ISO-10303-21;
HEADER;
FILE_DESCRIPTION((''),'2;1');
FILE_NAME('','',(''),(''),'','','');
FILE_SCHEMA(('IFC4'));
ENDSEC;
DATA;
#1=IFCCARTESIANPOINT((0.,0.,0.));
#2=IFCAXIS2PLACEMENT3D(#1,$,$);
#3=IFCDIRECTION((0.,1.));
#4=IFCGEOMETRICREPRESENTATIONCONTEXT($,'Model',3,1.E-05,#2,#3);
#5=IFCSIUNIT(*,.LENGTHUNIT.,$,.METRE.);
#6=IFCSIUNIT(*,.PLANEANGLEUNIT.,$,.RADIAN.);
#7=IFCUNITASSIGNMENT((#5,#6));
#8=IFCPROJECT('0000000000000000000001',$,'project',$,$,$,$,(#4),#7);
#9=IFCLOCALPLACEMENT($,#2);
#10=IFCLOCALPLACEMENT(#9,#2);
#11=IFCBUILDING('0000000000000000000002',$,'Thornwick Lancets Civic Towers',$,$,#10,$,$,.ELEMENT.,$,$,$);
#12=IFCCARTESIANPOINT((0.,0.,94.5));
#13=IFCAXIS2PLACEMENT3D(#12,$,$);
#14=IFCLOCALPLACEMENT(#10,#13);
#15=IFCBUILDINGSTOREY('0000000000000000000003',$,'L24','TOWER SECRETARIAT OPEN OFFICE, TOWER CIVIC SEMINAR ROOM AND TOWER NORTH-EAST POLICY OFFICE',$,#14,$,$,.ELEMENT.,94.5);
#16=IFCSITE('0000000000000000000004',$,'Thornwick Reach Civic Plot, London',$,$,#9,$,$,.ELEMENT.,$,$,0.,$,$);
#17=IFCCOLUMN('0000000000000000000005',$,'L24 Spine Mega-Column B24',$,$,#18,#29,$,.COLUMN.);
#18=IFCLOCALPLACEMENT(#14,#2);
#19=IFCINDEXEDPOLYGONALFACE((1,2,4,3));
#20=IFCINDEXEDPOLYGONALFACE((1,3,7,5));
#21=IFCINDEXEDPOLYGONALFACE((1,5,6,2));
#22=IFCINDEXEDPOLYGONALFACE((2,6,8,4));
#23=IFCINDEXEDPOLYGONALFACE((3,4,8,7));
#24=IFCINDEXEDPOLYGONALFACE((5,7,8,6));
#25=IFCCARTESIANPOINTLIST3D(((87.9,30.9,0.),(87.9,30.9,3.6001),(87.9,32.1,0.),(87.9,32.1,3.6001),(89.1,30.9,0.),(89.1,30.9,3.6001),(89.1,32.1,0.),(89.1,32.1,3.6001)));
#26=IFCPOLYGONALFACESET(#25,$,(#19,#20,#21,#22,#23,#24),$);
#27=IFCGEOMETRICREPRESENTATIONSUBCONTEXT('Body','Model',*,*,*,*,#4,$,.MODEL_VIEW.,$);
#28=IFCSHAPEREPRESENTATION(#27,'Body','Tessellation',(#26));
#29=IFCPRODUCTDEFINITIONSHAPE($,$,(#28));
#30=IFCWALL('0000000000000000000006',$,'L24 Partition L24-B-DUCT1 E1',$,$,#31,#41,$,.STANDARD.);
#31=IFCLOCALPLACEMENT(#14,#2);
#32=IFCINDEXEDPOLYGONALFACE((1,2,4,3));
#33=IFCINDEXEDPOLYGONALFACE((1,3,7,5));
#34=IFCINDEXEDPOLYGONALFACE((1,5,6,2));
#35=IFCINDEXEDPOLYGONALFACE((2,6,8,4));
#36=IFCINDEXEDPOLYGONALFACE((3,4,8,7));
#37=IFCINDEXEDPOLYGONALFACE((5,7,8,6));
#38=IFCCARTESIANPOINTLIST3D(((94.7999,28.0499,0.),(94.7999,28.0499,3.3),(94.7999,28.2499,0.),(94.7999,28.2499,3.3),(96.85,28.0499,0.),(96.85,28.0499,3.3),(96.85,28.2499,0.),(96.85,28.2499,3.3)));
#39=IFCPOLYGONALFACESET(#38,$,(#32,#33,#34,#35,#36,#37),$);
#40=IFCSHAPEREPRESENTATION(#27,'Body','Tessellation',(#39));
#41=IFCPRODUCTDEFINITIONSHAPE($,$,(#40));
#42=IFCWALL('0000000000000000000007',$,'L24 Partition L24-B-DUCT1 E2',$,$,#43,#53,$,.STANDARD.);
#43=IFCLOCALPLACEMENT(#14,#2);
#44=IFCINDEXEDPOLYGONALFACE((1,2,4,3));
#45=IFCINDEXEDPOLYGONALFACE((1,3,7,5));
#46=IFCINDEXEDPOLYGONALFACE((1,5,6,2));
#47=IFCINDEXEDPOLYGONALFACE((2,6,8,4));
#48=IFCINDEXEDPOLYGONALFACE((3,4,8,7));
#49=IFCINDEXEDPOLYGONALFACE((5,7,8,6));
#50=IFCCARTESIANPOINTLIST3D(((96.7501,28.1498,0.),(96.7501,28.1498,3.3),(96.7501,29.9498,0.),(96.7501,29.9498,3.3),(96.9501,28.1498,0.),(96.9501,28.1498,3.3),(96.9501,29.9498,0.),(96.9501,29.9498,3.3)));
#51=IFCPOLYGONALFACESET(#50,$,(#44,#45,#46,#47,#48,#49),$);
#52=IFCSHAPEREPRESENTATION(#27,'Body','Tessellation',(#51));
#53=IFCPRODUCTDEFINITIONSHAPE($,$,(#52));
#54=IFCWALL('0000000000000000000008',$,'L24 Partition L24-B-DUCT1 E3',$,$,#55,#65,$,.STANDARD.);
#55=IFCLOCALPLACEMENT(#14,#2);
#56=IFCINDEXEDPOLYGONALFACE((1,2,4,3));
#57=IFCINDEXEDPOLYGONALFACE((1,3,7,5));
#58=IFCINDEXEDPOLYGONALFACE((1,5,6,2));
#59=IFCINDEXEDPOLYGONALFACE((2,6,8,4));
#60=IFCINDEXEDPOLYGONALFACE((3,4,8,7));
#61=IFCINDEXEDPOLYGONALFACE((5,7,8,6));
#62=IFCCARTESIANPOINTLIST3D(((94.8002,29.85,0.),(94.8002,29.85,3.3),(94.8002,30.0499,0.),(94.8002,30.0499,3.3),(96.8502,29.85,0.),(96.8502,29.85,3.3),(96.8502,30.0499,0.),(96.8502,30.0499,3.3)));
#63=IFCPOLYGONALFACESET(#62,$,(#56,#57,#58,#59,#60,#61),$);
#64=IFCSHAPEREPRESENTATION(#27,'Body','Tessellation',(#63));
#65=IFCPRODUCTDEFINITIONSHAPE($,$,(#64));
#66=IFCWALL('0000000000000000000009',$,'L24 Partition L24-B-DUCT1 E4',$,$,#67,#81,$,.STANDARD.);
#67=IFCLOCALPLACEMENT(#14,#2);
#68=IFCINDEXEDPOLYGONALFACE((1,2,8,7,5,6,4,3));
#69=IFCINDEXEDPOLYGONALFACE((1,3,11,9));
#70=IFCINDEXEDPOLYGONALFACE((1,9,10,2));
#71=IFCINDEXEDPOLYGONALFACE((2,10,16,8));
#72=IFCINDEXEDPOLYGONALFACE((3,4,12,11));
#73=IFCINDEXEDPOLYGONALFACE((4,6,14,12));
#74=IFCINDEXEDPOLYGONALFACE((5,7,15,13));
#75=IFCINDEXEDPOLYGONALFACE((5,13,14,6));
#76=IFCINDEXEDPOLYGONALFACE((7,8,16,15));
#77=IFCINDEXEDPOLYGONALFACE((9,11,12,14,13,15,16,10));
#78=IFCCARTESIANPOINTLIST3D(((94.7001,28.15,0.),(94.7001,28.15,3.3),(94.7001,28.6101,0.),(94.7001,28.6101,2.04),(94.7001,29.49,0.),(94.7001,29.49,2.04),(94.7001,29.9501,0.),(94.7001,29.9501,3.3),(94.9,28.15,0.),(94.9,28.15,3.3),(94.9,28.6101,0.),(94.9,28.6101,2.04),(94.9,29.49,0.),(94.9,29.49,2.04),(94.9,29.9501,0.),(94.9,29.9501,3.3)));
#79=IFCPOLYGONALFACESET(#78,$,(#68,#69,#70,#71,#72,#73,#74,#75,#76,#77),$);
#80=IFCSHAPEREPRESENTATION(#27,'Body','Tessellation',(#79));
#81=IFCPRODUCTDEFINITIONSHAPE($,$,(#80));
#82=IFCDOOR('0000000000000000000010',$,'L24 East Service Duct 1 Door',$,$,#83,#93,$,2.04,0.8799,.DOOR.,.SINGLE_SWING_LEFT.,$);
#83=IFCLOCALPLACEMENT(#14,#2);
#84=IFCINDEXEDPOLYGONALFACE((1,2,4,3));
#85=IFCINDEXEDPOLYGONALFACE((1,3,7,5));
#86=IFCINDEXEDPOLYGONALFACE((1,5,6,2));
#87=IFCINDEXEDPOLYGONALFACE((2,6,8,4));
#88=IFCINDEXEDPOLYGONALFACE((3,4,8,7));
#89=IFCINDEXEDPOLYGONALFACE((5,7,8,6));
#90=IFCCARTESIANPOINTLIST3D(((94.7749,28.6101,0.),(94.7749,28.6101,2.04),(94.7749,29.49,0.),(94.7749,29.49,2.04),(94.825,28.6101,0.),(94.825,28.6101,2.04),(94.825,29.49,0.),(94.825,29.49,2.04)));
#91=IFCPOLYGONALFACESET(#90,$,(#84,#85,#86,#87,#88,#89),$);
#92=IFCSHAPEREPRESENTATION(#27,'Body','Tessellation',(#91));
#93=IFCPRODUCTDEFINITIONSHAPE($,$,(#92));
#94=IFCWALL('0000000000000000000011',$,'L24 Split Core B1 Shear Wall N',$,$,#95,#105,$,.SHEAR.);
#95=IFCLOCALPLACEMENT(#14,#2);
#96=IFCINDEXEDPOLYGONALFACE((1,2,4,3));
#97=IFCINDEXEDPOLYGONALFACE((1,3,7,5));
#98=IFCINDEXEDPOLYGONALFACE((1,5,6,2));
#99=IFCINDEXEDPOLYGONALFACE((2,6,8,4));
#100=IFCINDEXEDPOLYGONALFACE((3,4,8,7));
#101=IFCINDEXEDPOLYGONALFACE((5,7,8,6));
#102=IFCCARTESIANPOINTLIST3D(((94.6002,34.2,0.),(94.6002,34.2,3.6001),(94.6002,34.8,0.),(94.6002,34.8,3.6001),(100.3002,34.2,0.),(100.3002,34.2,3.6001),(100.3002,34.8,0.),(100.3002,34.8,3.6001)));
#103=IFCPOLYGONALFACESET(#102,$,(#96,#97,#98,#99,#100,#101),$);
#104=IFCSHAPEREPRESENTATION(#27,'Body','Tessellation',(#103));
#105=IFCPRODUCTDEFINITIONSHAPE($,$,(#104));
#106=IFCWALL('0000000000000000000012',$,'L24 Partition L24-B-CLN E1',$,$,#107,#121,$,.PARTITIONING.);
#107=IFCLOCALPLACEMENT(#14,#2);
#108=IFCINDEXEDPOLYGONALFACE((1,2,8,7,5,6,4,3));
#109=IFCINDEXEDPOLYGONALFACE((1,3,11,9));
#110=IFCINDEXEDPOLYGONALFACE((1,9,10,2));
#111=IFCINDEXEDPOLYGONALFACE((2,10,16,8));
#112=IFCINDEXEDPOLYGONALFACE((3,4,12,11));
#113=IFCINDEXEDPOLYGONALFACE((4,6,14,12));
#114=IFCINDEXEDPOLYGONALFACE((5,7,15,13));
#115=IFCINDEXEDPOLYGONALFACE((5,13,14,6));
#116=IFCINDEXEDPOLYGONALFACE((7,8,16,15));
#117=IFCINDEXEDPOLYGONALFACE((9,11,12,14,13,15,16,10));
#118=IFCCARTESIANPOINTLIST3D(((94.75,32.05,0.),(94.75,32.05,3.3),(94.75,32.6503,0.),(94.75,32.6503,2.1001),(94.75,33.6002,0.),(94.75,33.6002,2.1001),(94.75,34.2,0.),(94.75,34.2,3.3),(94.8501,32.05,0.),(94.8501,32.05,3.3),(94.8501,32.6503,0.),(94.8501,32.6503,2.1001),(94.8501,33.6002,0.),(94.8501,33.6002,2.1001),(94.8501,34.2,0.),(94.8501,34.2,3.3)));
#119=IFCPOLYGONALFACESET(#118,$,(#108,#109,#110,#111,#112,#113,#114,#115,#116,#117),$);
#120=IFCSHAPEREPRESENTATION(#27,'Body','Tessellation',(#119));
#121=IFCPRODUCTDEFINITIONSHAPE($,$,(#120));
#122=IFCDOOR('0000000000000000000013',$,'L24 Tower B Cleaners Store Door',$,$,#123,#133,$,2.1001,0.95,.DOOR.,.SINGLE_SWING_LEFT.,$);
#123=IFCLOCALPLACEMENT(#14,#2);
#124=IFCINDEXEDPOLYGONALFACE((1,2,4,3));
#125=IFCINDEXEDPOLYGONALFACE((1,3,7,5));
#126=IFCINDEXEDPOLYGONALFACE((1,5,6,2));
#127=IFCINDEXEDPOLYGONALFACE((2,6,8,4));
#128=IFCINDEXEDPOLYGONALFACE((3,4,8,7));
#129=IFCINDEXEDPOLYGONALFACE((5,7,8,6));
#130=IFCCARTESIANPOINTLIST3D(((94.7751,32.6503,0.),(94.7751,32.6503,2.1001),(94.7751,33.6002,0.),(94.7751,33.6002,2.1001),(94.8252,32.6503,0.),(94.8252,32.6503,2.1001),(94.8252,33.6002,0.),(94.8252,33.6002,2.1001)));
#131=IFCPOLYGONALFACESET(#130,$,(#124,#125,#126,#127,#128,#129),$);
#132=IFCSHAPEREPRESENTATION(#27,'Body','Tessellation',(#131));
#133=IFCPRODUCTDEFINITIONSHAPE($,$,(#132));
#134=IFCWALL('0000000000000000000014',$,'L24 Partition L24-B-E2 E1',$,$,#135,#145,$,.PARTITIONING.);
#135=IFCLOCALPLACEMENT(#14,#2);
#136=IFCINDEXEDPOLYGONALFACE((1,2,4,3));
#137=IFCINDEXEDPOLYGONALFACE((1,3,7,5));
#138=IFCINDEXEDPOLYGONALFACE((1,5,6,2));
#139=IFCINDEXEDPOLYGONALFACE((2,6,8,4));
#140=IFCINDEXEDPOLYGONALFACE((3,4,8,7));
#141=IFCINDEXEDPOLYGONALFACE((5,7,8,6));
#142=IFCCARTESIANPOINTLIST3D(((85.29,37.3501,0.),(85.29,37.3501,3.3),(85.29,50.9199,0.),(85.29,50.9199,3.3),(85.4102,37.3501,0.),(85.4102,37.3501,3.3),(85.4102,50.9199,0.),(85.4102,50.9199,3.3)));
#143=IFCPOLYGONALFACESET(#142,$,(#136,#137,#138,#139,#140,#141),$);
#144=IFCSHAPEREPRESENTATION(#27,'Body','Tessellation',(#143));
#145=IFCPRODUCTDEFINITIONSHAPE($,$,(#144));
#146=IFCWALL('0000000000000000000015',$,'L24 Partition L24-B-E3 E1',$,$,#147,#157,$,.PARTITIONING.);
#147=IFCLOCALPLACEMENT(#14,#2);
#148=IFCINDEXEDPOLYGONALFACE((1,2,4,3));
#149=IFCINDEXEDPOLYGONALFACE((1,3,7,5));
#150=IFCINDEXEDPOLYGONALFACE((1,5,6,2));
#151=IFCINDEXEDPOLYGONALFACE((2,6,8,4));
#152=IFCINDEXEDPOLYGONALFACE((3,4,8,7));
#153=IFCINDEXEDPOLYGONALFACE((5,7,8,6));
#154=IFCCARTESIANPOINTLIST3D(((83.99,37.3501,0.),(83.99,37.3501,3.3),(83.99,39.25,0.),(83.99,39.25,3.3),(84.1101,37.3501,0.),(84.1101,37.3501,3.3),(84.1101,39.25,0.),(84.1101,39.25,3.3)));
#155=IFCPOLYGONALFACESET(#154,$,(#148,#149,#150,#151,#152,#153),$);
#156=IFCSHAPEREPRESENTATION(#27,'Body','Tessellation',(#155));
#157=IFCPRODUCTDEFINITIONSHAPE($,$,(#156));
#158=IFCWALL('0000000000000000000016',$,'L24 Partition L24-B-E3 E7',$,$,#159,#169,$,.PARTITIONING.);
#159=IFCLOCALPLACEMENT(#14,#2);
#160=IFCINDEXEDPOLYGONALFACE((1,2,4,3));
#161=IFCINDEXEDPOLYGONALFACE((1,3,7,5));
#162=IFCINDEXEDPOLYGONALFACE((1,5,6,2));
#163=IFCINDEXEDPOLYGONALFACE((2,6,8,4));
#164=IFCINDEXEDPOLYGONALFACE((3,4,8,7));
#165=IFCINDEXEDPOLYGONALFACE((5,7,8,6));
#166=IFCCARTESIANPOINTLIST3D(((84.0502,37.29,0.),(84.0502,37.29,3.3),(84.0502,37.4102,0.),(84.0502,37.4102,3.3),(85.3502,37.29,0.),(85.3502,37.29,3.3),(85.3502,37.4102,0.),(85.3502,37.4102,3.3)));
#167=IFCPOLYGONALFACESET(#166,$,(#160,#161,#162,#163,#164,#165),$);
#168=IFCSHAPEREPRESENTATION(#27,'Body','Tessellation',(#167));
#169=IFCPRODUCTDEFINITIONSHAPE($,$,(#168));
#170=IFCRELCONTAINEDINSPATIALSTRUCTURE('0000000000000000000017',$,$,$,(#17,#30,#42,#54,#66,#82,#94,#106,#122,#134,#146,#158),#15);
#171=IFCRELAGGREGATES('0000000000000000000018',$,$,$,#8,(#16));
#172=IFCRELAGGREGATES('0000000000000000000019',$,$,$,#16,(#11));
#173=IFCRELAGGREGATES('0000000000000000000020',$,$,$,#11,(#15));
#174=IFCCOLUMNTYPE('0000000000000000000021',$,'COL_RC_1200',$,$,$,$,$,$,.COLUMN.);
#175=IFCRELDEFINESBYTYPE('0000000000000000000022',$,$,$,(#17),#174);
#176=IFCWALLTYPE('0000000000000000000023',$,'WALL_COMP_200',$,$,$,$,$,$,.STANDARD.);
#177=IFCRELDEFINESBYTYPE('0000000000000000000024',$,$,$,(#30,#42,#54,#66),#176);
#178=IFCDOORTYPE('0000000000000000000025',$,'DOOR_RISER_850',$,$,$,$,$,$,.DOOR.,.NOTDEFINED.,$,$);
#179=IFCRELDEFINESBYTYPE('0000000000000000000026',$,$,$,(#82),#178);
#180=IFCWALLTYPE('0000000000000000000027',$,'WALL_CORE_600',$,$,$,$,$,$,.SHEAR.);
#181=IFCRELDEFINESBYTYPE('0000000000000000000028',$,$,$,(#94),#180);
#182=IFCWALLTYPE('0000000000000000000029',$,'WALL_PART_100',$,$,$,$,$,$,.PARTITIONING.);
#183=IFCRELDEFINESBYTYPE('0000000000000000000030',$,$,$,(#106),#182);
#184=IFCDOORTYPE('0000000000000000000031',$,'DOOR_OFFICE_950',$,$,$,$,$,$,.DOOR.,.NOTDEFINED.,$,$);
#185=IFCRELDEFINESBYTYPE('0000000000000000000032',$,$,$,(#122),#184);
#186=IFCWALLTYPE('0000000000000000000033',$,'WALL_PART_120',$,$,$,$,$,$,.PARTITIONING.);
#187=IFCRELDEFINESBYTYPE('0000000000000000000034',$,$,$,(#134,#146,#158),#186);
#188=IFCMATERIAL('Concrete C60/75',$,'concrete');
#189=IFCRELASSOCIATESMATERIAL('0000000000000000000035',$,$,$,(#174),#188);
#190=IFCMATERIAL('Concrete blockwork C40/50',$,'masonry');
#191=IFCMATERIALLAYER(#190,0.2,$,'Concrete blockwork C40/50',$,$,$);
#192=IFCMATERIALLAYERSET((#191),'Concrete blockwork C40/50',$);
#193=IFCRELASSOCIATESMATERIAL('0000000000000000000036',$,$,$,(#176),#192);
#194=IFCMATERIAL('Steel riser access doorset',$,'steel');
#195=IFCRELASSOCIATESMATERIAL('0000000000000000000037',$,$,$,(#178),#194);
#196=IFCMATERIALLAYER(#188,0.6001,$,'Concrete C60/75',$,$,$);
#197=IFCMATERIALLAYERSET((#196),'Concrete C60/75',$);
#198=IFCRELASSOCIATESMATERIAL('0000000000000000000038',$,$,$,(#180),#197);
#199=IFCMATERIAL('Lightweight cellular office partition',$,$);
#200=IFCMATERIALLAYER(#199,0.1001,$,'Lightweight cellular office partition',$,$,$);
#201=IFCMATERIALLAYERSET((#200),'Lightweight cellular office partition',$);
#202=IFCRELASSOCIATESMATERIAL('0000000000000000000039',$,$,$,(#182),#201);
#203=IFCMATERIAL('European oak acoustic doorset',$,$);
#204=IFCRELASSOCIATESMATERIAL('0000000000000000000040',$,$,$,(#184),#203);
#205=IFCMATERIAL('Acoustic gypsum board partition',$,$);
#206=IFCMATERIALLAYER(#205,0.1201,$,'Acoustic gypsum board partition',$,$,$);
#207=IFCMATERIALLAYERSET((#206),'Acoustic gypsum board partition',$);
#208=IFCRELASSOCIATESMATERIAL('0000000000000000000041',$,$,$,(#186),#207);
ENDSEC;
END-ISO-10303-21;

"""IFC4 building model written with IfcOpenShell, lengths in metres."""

from ifc_helpers import new_model, si_unit, direction, frame, frame_2d, origin, origin_2d, place, context, subcontext, project, spatial, rectangle, extrude, material, layer, layer_set, material_profile, profile_set, type_object, element, fill, save


model = new_model("IFC4")

# Units and contexts
model_context = context("Model", 3, precision=1e-05, world=origin(), true_north=direction((0.0, 1.0)))
body_context = subcontext(model_context, "Body", "Model", "MODEL_VIEW")
ifc_project = project(units=[si_unit("LENGTHUNIT", "METRE"), si_unit("PLANEANGLEUNIT", "RADIAN")], contexts=[model_context])

# Site, building, storey
site_placement = place(None, origin())
site = spatial("IfcSite", under=ifc_project, at=site_placement, Name="Thornwick Reach Civic Plot, London", CompositionType="ELEMENT", RefElevation=0.0)
building_placement = place(site_placement, origin())
building = spatial("IfcBuilding", under=site, at=building_placement, Name="Thornwick Lancets Civic Towers", CompositionType="ELEMENT")
storey_placement = place(building_placement, frame((0.0, 0.0, 94.5)))
storey = spatial("IfcBuildingStorey", under=building, at=storey_placement, Name="L24", Description="TOWER SECRETARIAT OPEN OFFICE, TOWER CIVIC SEMINAR ROOM AND TOWER NORTH-EAST POLICY OFFICE", CompositionType="ELEMENT", Elevation=94.5)

# Column
ifc_material_1 = material(Name="Concrete C60/75", Category="concrete")
ifc_material_profile = material_profile(ifc_material_1, rectangle(XDim=1.2, YDim=1.2, at=origin_2d()), Name="RC 1200x1200")
ifc_profile_set = profile_set([ifc_material_profile], Name="Concrete C60/75")
column_type = type_object("IfcColumnType", Name="COL_RC_1200", PredefinedType="COLUMN", material=ifc_profile_set)
column_placement = place(storey_placement, frame((88.5, 31.5, 0.0), z_axis=(0.0, 0.0, 1.0), x_axis=(1.0, 0.0, 0.0)))
element("IfcColumn", 1, at=column_placement, inside=storey, type_object=column_type, Name="L24 Spine Mega-Column B24", PredefinedType="COLUMN", context=body_context, shape_type="SweptSolid", body=[
    extrude(rectangle(XDim=1.2, YDim=1.2, at=origin_2d()), origin(), (0.0, 0.0, 1.0), 3.6001),
])

# Walls
ifc_material_2 = material(Name="Concrete blockwork C40/50", Category="masonry")
ifc_layer_1 = layer(ifc_material_2, 0.2, Name="Concrete blockwork C40/50")
ifc_layer_set_1 = layer_set([ifc_layer_1], Name="Concrete blockwork C40/50")
wall_type_1 = type_object("IfcWallType", Name="WALL_COMP_200", PredefinedType="STANDARD", material=ifc_layer_set_1)
wall_1_placement = place(storey_placement, frame((94.8, 28.1499, 0.0), z_axis=(0.0, 0.0, 1.0), x_axis=(1.0, 0.0, 0.0)))
element("IfcWall", 2, at=wall_1_placement, inside=storey, type_object=wall_type_1, Name="L24 Partition L24-B-DUCT1 E1", PredefinedType="STANDARD", context=body_context, shape_type="SweptSolid", body=[
    extrude(rectangle(XDim=2.05, YDim=0.2, at=frame_2d((1.0249, 0.0))), origin(), (0.0, 0.0, 1.0), 3.3),
])
wall_2_placement = place(storey_placement, frame((96.8501, 28.1499, 0.0), z_axis=(0.0, 0.0, 1.0), x_axis=(0.0, 1.0, 0.0)))
element("IfcWall", 3, at=wall_2_placement, inside=storey, type_object=wall_type_1, Name="L24 Partition L24-B-DUCT1 E2", PredefinedType="STANDARD", context=body_context, shape_type="SweptSolid", body=[
    extrude(rectangle(XDim=1.8, YDim=0.2, at=frame_2d((0.8999, 0.0))), origin(), (0.0, 0.0, 1.0), 3.3),
])
wall_3_placement = place(storey_placement, frame((96.8501, 29.95, 0.0), z_axis=(0.0, 0.0, 1.0), x_axis=(-1.0, 0.0, 0.0)))
element("IfcWall", 4, at=wall_3_placement, inside=storey, type_object=wall_type_1, Name="L24 Partition L24-B-DUCT1 E3", PredefinedType="STANDARD", context=body_context, shape_type="SweptSolid", body=[
    extrude(rectangle(XDim=2.05, YDim=0.2, at=frame_2d((1.0249, 0.0))), origin(), (0.0, 0.0, 1.0), 3.3),
])

# Wall, opening, door
wall_4_placement = place(storey_placement, frame((94.8, 29.95, 0.0), z_axis=(0.0, 0.0, 1.0), x_axis=(0.0, -1.0, 0.0)))
wall_4 = element("IfcWall", 5, at=wall_4_placement, inside=storey, type_object=wall_type_1, Name="L24 Partition L24-B-DUCT1 E4", PredefinedType="STANDARD", context=body_context, shape_type="SweptSolid", body=[
    extrude(rectangle(XDim=1.8, YDim=0.2, at=frame_2d((0.8999, 0.0))), origin(), (0.0, 0.0, 1.0), 3.3),
])
opening_1_placement = place(wall_4_placement, frame((0.46, 0.0, 0.0)))
opening_1 = element("IfcOpeningElement", 6, at=opening_1_placement, cuts=wall_4, PredefinedType="OPENING", context=body_context, shape_type="SweptSolid", body=[
    extrude(rectangle(XDim=0.8799, YDim=2.04, at=frame_2d((0.4399, 1.02))), frame((0.0, 0.1099, 0.0), z_axis=(0.0, -1.0, 0.0), x_axis=(1.0, 0.0, 0.0)), (0.0, 0.0, 1.0), 0.22),
])
ifc_material_3 = material(Name="Steel riser access doorset", Category="steel")
door_type_1 = type_object("IfcDoorType", Name="DOOR_RISER_850", OperationType="NOTDEFINED", PredefinedType="DOOR", material=ifc_material_3)
door_1_placement = place(opening_1_placement, origin())
door_1 = element("IfcDoor", 7, at=door_1_placement, inside=storey, type_object=door_type_1, Name="L24 East Service Duct 1 Door", OperationType="SINGLE_SWING_LEFT", OverallHeight=2.04, OverallWidth=0.8799, PredefinedType="DOOR", context=body_context, shape_type="SweptSolid", body=[
    extrude(rectangle(XDim=0.8799, YDim=2.04, at=frame_2d((0.4399, 1.02))), frame((0.0, 0.0249, 0.0), z_axis=(0.0, -1.0, 0.0), x_axis=(1.0, 0.0, 0.0)), (0.0, 0.0, 1.0), 0.05),
])
fill(opening_1, door_1)

# Wall
ifc_layer_2 = layer(ifc_material_1, 0.6001, Name="Concrete C60/75")
ifc_layer_set_2 = layer_set([ifc_layer_2], Name="Concrete C60/75")
wall_type_2 = type_object("IfcWallType", Name="WALL_CORE_600", PredefinedType="SHEAR", material=ifc_layer_set_2)
wall_5_placement = place(storey_placement, frame((94.6001, 34.5, 0.0), z_axis=(0.0, 0.0, 1.0), x_axis=(1.0, 0.0, 0.0)))
element("IfcWall", 8, at=wall_5_placement, inside=storey, type_object=wall_type_2, Name="L24 Split Core B1 Shear Wall N", PredefinedType="SHEAR", context=body_context, shape_type="SweptSolid", body=[
    extrude(rectangle(XDim=5.7, YDim=0.6001, at=frame_2d((2.8501, 0.0))), origin(), (0.0, 0.0, 1.0), 3.6001),
])

# Wall, opening, door
ifc_material_4 = material(Name="Lightweight cellular office partition")
ifc_layer_3 = layer(ifc_material_4, 0.1001, Name="Lightweight cellular office partition")
ifc_layer_set_3 = layer_set([ifc_layer_3], Name="Lightweight cellular office partition")
wall_type_3 = type_object("IfcWallType", Name="WALL_PART_100", PredefinedType="PARTITIONING", material=ifc_layer_set_3)
wall_6_placement = place(storey_placement, frame((94.8, 32.05, 0.0), z_axis=(0.0, 0.0, 1.0), x_axis=(0.0, 1.0, 0.0)))
wall_6 = element("IfcWall", 9, at=wall_6_placement, inside=storey, type_object=wall_type_3, Name="L24 Partition L24-B-CLN E1", PredefinedType="PARTITIONING", context=body_context, shape_type="SweptSolid", body=[
    extrude(rectangle(XDim=2.1499, YDim=0.1001, at=frame_2d((1.075, 0.0))), origin(), (0.0, 0.0, 1.0), 3.3),
])
opening_2_placement = place(wall_6_placement, frame((0.6001, 0.0, 0.0)))
opening_2 = element("IfcOpeningElement", 10, at=opening_2_placement, cuts=wall_6, PredefinedType="OPENING", context=body_context, shape_type="SweptSolid", body=[
    extrude(rectangle(XDim=0.95, YDim=2.1001, at=frame_2d((0.4751, 1.05))), frame((0.0, 0.0601, 0.0), z_axis=(0.0, -1.0, 0.0), x_axis=(1.0, 0.0, 0.0)), (0.0, 0.0, 1.0), 0.1201),
])
ifc_material_5 = material(Name="European oak acoustic doorset")
door_type_2 = type_object("IfcDoorType", Name="DOOR_OFFICE_950", OperationType="NOTDEFINED", PredefinedType="DOOR", material=ifc_material_5)
door_2_placement = place(opening_2_placement, origin())
door_2 = element("IfcDoor", 11, at=door_2_placement, inside=storey, type_object=door_type_2, Name="L24 Tower B Cleaners Store Door", OperationType="SINGLE_SWING_LEFT", OverallHeight=2.1001, OverallWidth=0.95, PredefinedType="DOOR", context=body_context, shape_type="SweptSolid", body=[
    extrude(rectangle(XDim=0.95, YDim=2.1001, at=frame_2d((0.4751, 1.05))), frame((0.0, 0.0249, 0.0), z_axis=(0.0, -1.0, 0.0), x_axis=(1.0, 0.0, 0.0)), (0.0, 0.0, 1.0), 0.05),
])
fill(opening_2, door_2)

# Walls
ifc_material_6 = material(Name="Acoustic gypsum board partition")
ifc_layer_4 = layer(ifc_material_6, 0.1201, Name="Acoustic gypsum board partition")
ifc_layer_set_4 = layer_set([ifc_layer_4], Name="Acoustic gypsum board partition")
wall_type_4 = type_object("IfcWallType", Name="WALL_PART_120", PredefinedType="PARTITIONING", material=ifc_layer_set_4)
wall_7_placement = place(storey_placement, frame((85.3501, 37.3501, 0.0), z_axis=(0.0, 0.0, 1.0), x_axis=(0.0, 1.0, 0.0)))
element("IfcWall", 12, at=wall_7_placement, inside=storey, type_object=wall_type_4, Name="L24 Partition L24-B-E2 E1", PredefinedType="PARTITIONING", context=body_context, shape_type="SweptSolid", body=[
    extrude(rectangle(XDim=13.5698, YDim=0.1201, at=frame_2d((6.7849, 0.0))), origin(), (0.0, 0.0, 1.0), 3.3),
])
wall_8_placement = place(storey_placement, frame((84.05, 37.3501, 0.0), z_axis=(0.0, 0.0, 1.0), x_axis=(0.0, 1.0, 0.0)))
element("IfcWall", 13, at=wall_8_placement, inside=storey, type_object=wall_type_4, Name="L24 Partition L24-B-E3 E1", PredefinedType="PARTITIONING", context=body_context, shape_type="SweptSolid", body=[
    extrude(rectangle(XDim=1.8999, YDim=0.1201, at=frame_2d((0.95, 0.0))), origin(), (0.0, 0.0, 1.0), 3.3),
])
wall_9_placement = place(storey_placement, frame((85.3501, 37.3501, 0.0), z_axis=(0.0, 0.0, 1.0), x_axis=(-1.0, 0.0, 0.0)))
element("IfcWall", 14, at=wall_9_placement, inside=storey, type_object=wall_type_4, Name="L24 Partition L24-B-E3 E7", PredefinedType="PARTITIONING", context=body_context, shape_type="SweptSolid", body=[
    extrude(rectangle(XDim=1.3, YDim=0.1201, at=frame_2d((0.6499, 0.0))), origin(), (0.0, 0.0, 1.0), 3.3),
])

save(model, "model.ifc")
